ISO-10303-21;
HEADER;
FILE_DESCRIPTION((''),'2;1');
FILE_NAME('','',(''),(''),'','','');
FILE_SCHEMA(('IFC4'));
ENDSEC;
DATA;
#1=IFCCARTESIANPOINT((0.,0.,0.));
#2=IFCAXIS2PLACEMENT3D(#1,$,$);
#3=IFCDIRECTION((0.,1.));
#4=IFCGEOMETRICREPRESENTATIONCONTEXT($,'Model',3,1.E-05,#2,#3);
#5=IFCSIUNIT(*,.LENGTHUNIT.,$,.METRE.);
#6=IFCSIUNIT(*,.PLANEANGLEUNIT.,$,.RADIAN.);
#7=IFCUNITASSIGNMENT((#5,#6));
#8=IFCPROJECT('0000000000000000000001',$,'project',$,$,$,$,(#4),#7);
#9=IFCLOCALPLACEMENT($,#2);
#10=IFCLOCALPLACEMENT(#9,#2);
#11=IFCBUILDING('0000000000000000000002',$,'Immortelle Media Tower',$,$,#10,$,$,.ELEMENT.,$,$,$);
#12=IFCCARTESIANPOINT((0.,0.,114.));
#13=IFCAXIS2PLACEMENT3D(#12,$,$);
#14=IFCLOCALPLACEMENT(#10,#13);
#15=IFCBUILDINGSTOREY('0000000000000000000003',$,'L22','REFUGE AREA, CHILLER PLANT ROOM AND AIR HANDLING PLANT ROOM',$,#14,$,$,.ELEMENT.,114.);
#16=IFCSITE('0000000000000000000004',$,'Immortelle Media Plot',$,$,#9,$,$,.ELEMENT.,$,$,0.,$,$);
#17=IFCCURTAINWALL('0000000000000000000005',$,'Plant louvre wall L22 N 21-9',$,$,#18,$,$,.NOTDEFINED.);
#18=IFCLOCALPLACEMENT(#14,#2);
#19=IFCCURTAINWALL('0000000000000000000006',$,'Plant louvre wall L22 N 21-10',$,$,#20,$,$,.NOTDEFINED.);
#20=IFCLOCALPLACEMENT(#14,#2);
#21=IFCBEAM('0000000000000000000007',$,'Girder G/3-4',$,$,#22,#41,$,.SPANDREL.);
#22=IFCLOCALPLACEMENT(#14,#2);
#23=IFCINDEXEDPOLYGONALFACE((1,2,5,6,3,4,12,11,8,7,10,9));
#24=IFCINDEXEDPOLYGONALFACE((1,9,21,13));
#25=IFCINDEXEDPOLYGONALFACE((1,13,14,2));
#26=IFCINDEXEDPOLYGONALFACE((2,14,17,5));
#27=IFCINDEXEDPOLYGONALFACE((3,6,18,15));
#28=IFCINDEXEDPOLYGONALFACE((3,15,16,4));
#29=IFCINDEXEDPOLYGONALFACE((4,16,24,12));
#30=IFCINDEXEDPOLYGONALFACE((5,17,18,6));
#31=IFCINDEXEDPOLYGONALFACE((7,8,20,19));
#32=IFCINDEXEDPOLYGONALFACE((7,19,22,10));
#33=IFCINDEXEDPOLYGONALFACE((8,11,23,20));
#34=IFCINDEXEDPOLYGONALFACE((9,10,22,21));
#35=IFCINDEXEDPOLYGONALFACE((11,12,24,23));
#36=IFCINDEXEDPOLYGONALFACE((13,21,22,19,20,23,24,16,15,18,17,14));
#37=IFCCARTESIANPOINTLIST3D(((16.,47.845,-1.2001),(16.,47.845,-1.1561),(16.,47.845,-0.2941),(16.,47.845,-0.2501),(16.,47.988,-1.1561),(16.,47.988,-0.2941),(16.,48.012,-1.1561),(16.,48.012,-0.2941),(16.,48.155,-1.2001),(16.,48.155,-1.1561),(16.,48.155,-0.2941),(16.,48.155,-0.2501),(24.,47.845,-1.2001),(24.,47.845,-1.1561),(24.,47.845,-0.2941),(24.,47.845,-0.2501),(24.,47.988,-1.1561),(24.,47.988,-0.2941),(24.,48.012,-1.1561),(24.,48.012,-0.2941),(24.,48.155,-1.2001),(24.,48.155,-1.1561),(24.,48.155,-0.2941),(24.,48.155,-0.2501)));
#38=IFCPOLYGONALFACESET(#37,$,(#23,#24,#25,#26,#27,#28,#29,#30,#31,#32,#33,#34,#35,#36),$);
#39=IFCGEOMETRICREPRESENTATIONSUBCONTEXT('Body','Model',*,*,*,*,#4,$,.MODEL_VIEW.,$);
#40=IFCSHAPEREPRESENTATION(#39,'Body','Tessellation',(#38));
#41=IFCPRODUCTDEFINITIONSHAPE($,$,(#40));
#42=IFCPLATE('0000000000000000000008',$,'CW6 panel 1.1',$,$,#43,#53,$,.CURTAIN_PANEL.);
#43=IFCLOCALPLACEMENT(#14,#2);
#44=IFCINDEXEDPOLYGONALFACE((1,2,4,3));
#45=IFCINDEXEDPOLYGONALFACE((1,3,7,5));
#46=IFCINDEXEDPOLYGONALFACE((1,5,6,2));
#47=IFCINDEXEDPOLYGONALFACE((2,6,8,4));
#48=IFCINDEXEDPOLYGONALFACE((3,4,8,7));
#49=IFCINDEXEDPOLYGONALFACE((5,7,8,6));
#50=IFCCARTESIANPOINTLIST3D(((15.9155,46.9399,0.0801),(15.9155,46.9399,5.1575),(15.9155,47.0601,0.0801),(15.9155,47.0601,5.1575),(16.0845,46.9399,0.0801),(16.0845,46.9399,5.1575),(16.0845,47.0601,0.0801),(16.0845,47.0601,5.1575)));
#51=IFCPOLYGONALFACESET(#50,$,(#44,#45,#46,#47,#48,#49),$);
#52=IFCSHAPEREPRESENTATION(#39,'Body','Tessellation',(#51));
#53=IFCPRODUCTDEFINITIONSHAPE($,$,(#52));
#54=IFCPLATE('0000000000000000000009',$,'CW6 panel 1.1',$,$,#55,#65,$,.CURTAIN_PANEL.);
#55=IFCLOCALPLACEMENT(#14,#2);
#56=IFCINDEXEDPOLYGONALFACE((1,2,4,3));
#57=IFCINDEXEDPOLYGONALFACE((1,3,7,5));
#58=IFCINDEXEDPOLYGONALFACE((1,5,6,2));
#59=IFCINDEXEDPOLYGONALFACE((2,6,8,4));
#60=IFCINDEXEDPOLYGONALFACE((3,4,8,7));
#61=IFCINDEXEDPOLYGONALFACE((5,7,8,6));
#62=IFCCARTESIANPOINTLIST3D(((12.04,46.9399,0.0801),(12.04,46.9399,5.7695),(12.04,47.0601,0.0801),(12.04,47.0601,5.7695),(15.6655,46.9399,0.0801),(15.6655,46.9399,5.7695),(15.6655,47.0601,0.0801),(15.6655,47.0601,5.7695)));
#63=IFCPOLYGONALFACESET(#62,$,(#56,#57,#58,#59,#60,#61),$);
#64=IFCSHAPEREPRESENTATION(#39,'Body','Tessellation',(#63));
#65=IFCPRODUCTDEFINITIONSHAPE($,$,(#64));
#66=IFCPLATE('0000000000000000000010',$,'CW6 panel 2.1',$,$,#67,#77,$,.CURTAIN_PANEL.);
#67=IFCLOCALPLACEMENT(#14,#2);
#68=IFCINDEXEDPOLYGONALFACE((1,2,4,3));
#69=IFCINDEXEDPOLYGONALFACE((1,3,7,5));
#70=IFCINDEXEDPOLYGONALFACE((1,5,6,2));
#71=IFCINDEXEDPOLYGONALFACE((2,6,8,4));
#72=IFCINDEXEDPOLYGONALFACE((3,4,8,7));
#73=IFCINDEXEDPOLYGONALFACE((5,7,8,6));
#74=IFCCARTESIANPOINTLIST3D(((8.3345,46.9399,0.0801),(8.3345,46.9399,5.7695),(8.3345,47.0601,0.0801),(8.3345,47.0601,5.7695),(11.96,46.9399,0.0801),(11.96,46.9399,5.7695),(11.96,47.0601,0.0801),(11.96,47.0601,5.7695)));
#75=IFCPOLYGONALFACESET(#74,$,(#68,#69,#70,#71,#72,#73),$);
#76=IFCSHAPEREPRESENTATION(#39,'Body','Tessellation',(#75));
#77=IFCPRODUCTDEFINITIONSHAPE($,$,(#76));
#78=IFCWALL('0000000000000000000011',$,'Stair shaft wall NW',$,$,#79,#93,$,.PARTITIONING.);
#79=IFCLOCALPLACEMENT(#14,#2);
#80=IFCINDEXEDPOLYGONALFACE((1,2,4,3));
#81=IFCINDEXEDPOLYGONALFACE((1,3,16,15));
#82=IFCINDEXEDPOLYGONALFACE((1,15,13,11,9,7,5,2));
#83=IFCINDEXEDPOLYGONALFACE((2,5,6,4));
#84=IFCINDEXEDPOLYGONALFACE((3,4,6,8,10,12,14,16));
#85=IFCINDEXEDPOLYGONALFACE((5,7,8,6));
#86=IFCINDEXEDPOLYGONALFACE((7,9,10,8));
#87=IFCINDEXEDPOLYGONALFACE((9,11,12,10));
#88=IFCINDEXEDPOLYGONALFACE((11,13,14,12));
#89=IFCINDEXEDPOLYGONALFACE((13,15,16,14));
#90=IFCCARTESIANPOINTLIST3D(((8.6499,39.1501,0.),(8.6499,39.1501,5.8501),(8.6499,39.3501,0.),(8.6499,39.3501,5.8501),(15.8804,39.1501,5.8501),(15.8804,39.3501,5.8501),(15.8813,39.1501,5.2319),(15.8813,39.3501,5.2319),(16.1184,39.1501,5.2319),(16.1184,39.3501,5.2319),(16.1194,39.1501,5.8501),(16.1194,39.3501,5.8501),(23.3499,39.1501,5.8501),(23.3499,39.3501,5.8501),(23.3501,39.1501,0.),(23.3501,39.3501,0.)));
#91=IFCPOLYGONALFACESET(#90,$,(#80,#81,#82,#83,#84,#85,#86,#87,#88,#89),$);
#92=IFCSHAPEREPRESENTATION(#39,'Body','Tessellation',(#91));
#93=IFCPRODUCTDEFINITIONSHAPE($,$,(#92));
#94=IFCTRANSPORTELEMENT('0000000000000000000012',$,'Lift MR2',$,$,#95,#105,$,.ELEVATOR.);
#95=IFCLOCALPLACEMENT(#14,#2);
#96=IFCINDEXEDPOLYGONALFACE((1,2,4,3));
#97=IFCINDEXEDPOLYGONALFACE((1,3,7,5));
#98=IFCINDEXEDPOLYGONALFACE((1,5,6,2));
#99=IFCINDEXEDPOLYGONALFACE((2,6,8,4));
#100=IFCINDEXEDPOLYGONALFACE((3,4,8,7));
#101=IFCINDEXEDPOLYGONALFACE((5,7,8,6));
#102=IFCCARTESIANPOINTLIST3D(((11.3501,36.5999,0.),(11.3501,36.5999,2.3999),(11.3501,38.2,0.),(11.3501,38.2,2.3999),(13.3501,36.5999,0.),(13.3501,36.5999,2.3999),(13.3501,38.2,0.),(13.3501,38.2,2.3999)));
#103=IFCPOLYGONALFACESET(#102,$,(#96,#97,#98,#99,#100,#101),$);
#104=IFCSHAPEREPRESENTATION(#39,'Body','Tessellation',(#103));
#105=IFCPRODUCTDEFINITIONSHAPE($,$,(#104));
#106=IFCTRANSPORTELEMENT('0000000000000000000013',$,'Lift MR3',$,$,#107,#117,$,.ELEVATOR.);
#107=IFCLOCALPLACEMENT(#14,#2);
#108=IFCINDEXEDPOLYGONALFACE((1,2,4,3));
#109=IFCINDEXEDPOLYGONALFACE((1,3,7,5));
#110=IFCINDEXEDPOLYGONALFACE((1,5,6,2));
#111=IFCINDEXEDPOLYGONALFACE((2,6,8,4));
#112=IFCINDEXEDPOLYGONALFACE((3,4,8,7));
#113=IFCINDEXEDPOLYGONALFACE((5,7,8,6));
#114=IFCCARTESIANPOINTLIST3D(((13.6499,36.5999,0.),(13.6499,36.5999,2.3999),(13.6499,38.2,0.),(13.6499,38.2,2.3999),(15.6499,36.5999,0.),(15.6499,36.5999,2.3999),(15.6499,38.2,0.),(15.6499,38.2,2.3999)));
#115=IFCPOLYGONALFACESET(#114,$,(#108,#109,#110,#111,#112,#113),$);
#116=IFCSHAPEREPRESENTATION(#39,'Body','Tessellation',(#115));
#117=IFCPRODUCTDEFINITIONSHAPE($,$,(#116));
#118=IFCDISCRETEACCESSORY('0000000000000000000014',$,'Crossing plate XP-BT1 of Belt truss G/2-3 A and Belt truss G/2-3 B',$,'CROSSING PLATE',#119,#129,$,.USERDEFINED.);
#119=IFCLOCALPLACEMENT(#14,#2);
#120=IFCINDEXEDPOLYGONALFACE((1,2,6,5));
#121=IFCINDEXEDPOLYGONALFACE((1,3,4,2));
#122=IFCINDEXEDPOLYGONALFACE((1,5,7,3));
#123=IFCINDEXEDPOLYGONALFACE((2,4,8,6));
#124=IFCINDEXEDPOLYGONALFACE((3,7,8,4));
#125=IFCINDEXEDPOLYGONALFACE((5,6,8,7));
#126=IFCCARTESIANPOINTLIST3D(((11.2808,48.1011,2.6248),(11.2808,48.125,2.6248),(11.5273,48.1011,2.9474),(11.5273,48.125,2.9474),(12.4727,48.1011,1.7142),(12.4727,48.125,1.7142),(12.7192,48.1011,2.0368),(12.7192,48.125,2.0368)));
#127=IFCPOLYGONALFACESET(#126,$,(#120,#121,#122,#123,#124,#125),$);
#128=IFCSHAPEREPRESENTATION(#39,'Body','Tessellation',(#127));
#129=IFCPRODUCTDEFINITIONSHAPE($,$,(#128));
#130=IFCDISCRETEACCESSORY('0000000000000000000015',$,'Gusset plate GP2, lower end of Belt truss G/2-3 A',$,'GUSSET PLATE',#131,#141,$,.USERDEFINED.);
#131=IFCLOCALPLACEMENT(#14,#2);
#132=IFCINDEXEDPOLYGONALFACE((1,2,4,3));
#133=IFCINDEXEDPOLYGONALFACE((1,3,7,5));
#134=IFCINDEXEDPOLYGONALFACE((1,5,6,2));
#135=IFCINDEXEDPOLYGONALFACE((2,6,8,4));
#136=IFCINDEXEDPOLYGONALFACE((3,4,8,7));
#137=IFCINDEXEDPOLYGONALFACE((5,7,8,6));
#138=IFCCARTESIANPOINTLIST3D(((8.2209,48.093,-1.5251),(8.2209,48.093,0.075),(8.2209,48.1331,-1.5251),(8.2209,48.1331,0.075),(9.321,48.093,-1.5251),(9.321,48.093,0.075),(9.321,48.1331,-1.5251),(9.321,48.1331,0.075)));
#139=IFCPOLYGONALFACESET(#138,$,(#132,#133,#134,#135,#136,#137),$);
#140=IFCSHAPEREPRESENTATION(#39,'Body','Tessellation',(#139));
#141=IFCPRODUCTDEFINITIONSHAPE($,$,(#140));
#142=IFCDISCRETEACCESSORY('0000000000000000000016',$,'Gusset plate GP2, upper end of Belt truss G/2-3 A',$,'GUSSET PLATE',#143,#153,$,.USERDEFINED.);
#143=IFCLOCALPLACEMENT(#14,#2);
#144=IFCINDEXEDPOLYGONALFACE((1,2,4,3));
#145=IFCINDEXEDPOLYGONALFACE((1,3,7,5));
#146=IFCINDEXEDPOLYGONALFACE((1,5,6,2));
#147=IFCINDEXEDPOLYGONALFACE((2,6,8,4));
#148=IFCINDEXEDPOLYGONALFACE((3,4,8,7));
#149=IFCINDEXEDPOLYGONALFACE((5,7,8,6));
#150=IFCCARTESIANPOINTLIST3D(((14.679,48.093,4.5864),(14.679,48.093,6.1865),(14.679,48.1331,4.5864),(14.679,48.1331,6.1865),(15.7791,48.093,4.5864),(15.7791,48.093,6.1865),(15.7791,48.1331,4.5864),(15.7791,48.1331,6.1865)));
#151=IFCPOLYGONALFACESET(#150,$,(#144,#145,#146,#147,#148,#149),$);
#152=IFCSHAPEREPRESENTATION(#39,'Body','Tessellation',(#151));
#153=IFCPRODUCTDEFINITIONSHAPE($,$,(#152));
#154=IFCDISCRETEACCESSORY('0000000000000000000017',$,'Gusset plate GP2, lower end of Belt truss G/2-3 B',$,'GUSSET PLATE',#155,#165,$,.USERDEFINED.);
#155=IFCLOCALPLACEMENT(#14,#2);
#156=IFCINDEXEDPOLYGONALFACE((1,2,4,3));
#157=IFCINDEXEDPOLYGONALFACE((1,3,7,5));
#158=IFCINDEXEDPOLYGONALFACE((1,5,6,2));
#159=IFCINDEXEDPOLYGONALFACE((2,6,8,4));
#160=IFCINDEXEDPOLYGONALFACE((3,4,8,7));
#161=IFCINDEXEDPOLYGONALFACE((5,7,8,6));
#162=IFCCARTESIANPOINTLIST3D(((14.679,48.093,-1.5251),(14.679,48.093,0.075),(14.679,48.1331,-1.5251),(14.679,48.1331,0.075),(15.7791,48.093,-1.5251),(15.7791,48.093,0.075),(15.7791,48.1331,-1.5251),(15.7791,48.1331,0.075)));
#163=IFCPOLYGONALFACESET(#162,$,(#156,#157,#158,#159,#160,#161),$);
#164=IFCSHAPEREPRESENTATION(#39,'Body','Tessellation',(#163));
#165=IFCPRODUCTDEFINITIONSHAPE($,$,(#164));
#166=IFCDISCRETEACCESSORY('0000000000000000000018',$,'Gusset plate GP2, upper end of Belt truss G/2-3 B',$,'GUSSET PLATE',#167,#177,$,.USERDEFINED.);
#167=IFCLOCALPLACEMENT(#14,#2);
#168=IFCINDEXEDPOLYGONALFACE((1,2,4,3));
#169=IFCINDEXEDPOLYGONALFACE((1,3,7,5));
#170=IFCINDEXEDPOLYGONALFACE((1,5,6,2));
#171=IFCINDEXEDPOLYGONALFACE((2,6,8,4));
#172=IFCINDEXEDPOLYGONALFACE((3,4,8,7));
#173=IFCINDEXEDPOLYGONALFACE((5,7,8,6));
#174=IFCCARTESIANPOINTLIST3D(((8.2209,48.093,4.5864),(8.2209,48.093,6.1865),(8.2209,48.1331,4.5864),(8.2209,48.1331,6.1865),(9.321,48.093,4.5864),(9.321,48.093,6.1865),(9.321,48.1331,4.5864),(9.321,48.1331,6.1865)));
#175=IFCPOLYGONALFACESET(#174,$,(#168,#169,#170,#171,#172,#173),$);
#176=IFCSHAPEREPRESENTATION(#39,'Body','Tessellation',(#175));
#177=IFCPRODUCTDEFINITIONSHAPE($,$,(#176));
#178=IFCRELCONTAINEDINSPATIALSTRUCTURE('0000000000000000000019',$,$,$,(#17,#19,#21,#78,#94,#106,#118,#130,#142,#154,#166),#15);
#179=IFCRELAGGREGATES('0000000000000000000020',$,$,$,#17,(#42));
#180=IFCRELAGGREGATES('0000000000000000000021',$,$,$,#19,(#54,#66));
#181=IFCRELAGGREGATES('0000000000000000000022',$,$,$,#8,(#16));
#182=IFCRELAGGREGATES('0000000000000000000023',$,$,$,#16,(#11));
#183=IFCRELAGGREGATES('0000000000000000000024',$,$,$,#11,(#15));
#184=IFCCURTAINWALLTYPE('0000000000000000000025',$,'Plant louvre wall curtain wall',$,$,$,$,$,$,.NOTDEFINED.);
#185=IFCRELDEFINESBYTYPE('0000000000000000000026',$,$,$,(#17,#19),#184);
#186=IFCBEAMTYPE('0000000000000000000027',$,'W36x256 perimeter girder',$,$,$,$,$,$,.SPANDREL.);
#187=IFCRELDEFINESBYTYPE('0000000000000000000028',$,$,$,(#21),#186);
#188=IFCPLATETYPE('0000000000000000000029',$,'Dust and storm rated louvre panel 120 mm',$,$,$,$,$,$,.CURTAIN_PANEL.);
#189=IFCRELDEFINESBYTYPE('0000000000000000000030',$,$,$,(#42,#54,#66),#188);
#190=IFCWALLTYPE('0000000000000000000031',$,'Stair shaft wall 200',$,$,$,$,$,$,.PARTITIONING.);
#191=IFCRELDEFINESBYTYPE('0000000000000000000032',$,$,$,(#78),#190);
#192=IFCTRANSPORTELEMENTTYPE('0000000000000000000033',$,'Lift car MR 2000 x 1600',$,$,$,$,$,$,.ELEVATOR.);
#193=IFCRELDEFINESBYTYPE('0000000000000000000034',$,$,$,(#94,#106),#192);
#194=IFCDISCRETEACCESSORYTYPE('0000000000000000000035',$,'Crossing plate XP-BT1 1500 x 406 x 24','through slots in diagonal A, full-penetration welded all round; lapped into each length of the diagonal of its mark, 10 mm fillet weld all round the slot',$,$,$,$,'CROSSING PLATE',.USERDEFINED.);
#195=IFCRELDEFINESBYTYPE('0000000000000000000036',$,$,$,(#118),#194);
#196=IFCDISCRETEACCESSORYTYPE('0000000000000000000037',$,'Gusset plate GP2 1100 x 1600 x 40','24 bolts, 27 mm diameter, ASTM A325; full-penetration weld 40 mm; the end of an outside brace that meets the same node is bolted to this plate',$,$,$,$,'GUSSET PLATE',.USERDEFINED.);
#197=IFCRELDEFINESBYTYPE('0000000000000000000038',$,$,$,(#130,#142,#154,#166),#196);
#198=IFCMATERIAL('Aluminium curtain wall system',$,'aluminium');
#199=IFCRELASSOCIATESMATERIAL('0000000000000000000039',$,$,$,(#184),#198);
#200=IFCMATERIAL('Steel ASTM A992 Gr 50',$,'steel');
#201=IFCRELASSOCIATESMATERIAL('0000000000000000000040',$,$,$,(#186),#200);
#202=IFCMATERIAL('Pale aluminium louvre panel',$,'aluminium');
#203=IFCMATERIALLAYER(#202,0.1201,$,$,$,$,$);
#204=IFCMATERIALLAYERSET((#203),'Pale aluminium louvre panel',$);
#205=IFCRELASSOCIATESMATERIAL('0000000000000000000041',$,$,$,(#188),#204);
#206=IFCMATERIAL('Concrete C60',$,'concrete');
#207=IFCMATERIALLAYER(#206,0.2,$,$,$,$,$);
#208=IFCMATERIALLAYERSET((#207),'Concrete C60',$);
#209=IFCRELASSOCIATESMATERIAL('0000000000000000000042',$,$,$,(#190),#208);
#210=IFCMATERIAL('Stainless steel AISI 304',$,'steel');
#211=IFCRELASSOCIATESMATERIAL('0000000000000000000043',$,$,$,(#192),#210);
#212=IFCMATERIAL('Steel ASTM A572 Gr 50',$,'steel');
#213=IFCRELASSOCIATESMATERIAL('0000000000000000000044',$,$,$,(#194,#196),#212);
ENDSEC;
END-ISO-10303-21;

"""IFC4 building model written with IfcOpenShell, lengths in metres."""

from ifc_helpers import new_model, si_unit, direction, frame, origin, origin_2d, place, context, subcontext, project, spatial, polyline, rectangle, i_section, outline, extrude, material, layer, layer_set, material_profile, profile_set, type_object, element, aggregate, save


model = new_model("IFC4")

# Units and contexts
model_context = context("Model", 3, precision=1e-05, world=origin(), true_north=direction((0.0, 1.0)))
body_context = subcontext(model_context, "Body", "Model", "MODEL_VIEW")
ifc_project = project(units=[si_unit("LENGTHUNIT", "METRE"), si_unit("PLANEANGLEUNIT", "RADIAN")], contexts=[model_context])

# Site, building, storey
site_placement = place(None, origin())
site = spatial("IfcSite", under=ifc_project, at=site_placement, Name="Immortelle Media Plot", CompositionType="ELEMENT", RefElevation=0.0)
building_placement = place(site_placement, origin())
building = spatial("IfcBuilding", under=site, at=building_placement, Name="Immortelle Media Tower", CompositionType="ELEMENT")
storey_placement = place(building_placement, frame((0.0, 0.0, 114.0)))
storey = spatial("IfcBuildingStorey", under=building, at=storey_placement, Name="L22", Description="REFUGE AREA, CHILLER PLANT ROOM AND AIR HANDLING PLANT ROOM", CompositionType="ELEMENT", Elevation=114.0)

# Shared definitions
ifc_material_1 = material(Name="Steel ASTM A992 Gr 50", Category="steel")

# Curtain wall
ifc_material_2 = material(Name="Aluminium curtain wall system", Category="aluminium")
curtain_wall_type = type_object("IfcCurtainWallType", Name="Plant louvre wall curtain wall", PredefinedType="NOTDEFINED", material=ifc_material_2)
curtain_wall_1_placement = place(storey_placement, origin())
curtain_wall_1 = element("IfcCurtainWall", 1, at=curtain_wall_1_placement, inside=storey, type_object=curtain_wall_type, Name="Plant louvre wall L22 N 21-9", PredefinedType="NOTDEFINED")

# Curtain wall
curtain_wall_2_placement = place(storey_placement, origin())
curtain_wall_2 = element("IfcCurtainWall", 2, at=curtain_wall_2_placement, inside=storey, type_object=curtain_wall_type, Name="Plant louvre wall L22 N 21-10", PredefinedType="NOTDEFINED")

# Beam
ifc_material_profile_1 = material_profile(ifc_material_1, i_section(OverallWidth=0.3101, OverallDepth=0.95, WebThickness=0.0239, FlangeThickness=0.0439, at=origin_2d()), Name="W36x256")
ifc_profile_set_1 = profile_set([ifc_material_profile_1], Name="Steel ASTM A992 Gr 50")
beam_type_1 = type_object("IfcBeamType", Name="W36x256 perimeter girder", PredefinedType="SPANDREL", material=ifc_profile_set_1)
beam_1_placement = place(storey_placement, frame((16.0, 48.0, -0.7251), z_axis=(1.0, 0.0, 0.0), x_axis=(0.0, 1.0, 0.0)))
element("IfcBeam", 3, at=beam_1_placement, inside=storey, type_object=beam_type_1, Name="Girder G/3-4", PredefinedType="SPANDREL", context=body_context, shape_type="SweptSolid", body=[
    extrude(i_section(OverallWidth=0.3101, OverallDepth=0.95, WebThickness=0.0239, FlangeThickness=0.0439, at=origin_2d()), origin(), (0.0, 0.0, 1.0), 8.0),
])

# Plates
ifc_material_3 = material(Name="Pale aluminium louvre panel", Category="aluminium")
ifc_layer_1 = layer(ifc_material_3, 0.1201)
ifc_layer_set_1 = layer_set([ifc_layer_1], Name="Pale aluminium louvre panel")
plate_type = type_object("IfcPlateType", Name="Dust and storm rated louvre panel 120 mm", PredefinedType="CURTAIN_PANEL", material=ifc_layer_set_1)
plate_1_placement = place(storey_placement, frame((16.0, 47.0, 0.0801), z_axis=(0.0, 0.0, 1.0), x_axis=(-1.0, 0.0, 0.0)))
plate_1 = element("IfcPlate", 4, at=plate_1_placement, type_object=plate_type, Name="CW6 panel 1.1", PredefinedType="CURTAIN_PANEL", context=body_context, shape_type="SweptSolid", body=[
    extrude(rectangle(XDim=0.1689, YDim=0.1201, at=origin_2d()), origin(), (0.0, 0.0, 1.0), 5.0774),
])
aggregate(curtain_wall_1, [plate_1])
plate_2_placement = place(storey_placement, frame((13.8528, 47.0, 0.0801), z_axis=(0.0, 0.0, 1.0), x_axis=(-1.0, 0.0, 0.0)))
plate_2 = element("IfcPlate", 5, at=plate_2_placement, type_object=plate_type, Name="CW6 panel 1.1", PredefinedType="CURTAIN_PANEL", context=body_context, shape_type="SweptSolid", body=[
    extrude(rectangle(XDim=3.6255, YDim=0.1201, at=origin_2d()), origin(), (0.0, 0.0, 1.0), 5.6895),
])
plate_3_placement = place(storey_placement, frame((10.1472, 47.0, 0.0801), z_axis=(0.0, 0.0, 1.0), x_axis=(-1.0, 0.0, 0.0)))
plate_3 = element("IfcPlate", 6, at=plate_3_placement, type_object=plate_type, Name="CW6 panel 2.1", PredefinedType="CURTAIN_PANEL", context=body_context, shape_type="SweptSolid", body=[
    extrude(rectangle(XDim=3.6255, YDim=0.1201, at=origin_2d()), origin(), (0.0, 0.0, 1.0), 5.6895),
])
aggregate(curtain_wall_2, [plate_2, plate_3])

# Wall
ifc_material_4 = material(Name="Concrete C60", Category="concrete")
ifc_layer_2 = layer(ifc_material_4, 0.2)
ifc_layer_set_2 = layer_set([ifc_layer_2], Name="Concrete C60")
wall_type = type_object("IfcWallType", Name="Stair shaft wall 200", PredefinedType="PARTITIONING", material=ifc_layer_set_2)
wall_placement = place(storey_placement, frame((8.6499, 39.25, 0.0), z_axis=(0.0, 0.0, 1.0), x_axis=(1.0, 0.0, 0.0)))
element("IfcWall", 7, at=wall_placement, inside=storey, type_object=wall_type, Name="Stair shaft wall NW", PredefinedType="PARTITIONING", context=body_context, shape_type="SweptSolid", body=[
    extrude(outline(polyline([(0.0, 0.0), (14.7002, 0.0), (14.7, 5.8501), (7.4695, 5.8501), (7.4685, 5.2319), (7.2314, 5.2319), (7.2305, 5.8501), (0.0, 5.8501), (0.0, 0.0)])), frame((0.0, 0.1001, 0.0), z_axis=(0.0, -1.0, 0.0), x_axis=(1.0, 0.0, 0.0)), (0.0, 0.0, 1.0), 0.2),
])

# Transport elements
ifc_material_5 = material(Name="Stainless steel AISI 304", Category="steel")
transport_element_type = type_object("IfcTransportElementType", Name="Lift car MR 2000 x 1600", PredefinedType="ELEVATOR", material=ifc_material_5)
for number, where, z_axis, x_axis, name in (
    (8, (12.3501, 37.3999, 0.0), (0.0, 0.0, 1.0), (1.0, 0.0, 0.0), "Lift MR2"),
    (9, (14.6499, 37.3999, 0.0), (0.0, 0.0, 1.0), (1.0, 0.0, 0.0), "Lift MR3"),
):
    element("IfcTransportElement", number, at=place(storey_placement, frame(where, z_axis=z_axis, x_axis=x_axis)), inside=storey, type_object=transport_element_type, Name=name, PredefinedType="ELEVATOR", context=body_context, shape_type="SweptSolid", body=[
        extrude(rectangle(XDim=2.0, YDim=1.6001, at=origin_2d()), origin(), (0.0, 0.0, 1.0), 2.3999),
    ])

# Discrete accessories
ifc_material_6 = material(Name="Steel ASTM A572 Gr 50", Category="steel")
ifc_material_profile_2 = material_profile(ifc_material_6, rectangle(XDim=0.0239, YDim=0.406, at=origin_2d()), Name="PL 24 x 406")
ifc_profile_set_2 = profile_set([ifc_material_profile_2], Name="Steel ASTM A572 Gr 50")
discrete_accessory_type_1 = type_object("IfcDiscreteAccessoryType", Name="Crossing plate XP-BT1 1500 x 406 x 24", Description="through slots in diagonal A, full-penetration welded all round; lapped into each length of the diagonal of its mark, 10 mm fillet weld all round the slot", ElementType="CROSSING PLATE", PredefinedType="USERDEFINED", material=ifc_profile_set_2)
discrete_accessory_placement = place(storey_placement, frame((11.4041, 48.113, 2.7861), z_axis=(0.794616, 0.0, -0.607112), x_axis=(0.0, 1.0, 0.0)))
element("IfcDiscreteAccessory", 10, at=discrete_accessory_placement, inside=storey, type_object=discrete_accessory_type_1, Name="Crossing plate XP-BT1 of Belt truss G/2-3 A and Belt truss G/2-3 B", ObjectType="CROSSING PLATE", PredefinedType="USERDEFINED", context=body_context, shape_type="SweptSolid", body=[
    extrude(rectangle(XDim=0.0239, YDim=0.406, at=origin_2d()), origin(), (0.0, 0.0, 1.0), 1.5),
])
ifc_material_profile_3 = material_profile(ifc_material_6, rectangle(XDim=0.04, YDim=1.6001, at=origin_2d()), Name="PL 40 x 1600")
ifc_profile_set_3 = profile_set([ifc_material_profile_3], Name="Steel ASTM A572 Gr 50")
discrete_accessory_type_2 = type_object("IfcDiscreteAccessoryType", Name="Gusset plate GP2 1100 x 1600 x 40", Description="24 bolts, 27 mm diameter, ASTM A325; full-penetration weld 40 mm; the end of an outside brace that meets the same node is bolted to this plate", ElementType="GUSSET PLATE", PredefinedType="USERDEFINED", material=ifc_profile_set_3)
for number, where, z_axis, x_axis, name in (
    (11, (8.2209, 48.113, -0.7251), (1.0, 0.0, 0.0), (0.0, 1.0, 0.0), "Gusset plate GP2, lower end of Belt truss G/2-3 A"),
    (12, (15.7791, 48.113, 5.3865), (-1.0, 0.0, 0.0), (0.0, -1.0, 0.0), "Gusset plate GP2, upper end of Belt truss G/2-3 A"),
    (13, (15.7791, 48.113, -0.7251), (-1.0, 0.0, 0.0), (0.0, -1.0, 0.0), "Gusset plate GP2, lower end of Belt truss G/2-3 B"),
    (14, (8.2209, 48.113, 5.3865), (1.0, 0.0, 0.0), (0.0, 1.0, 0.0), "Gusset plate GP2, upper end of Belt truss G/2-3 B"),
):
    element("IfcDiscreteAccessory", number, at=place(storey_placement, frame(where, z_axis=z_axis, x_axis=x_axis)), inside=storey, type_object=discrete_accessory_type_2, Name=name, ObjectType="GUSSET PLATE", PredefinedType="USERDEFINED", context=body_context, shape_type="SweptSolid", body=[
        extrude(rectangle(XDim=0.04, YDim=1.6001, at=origin_2d()), origin(), (0.0, 0.0, 1.0), 1.1001),
    ])

save(model, "model.ifc")
